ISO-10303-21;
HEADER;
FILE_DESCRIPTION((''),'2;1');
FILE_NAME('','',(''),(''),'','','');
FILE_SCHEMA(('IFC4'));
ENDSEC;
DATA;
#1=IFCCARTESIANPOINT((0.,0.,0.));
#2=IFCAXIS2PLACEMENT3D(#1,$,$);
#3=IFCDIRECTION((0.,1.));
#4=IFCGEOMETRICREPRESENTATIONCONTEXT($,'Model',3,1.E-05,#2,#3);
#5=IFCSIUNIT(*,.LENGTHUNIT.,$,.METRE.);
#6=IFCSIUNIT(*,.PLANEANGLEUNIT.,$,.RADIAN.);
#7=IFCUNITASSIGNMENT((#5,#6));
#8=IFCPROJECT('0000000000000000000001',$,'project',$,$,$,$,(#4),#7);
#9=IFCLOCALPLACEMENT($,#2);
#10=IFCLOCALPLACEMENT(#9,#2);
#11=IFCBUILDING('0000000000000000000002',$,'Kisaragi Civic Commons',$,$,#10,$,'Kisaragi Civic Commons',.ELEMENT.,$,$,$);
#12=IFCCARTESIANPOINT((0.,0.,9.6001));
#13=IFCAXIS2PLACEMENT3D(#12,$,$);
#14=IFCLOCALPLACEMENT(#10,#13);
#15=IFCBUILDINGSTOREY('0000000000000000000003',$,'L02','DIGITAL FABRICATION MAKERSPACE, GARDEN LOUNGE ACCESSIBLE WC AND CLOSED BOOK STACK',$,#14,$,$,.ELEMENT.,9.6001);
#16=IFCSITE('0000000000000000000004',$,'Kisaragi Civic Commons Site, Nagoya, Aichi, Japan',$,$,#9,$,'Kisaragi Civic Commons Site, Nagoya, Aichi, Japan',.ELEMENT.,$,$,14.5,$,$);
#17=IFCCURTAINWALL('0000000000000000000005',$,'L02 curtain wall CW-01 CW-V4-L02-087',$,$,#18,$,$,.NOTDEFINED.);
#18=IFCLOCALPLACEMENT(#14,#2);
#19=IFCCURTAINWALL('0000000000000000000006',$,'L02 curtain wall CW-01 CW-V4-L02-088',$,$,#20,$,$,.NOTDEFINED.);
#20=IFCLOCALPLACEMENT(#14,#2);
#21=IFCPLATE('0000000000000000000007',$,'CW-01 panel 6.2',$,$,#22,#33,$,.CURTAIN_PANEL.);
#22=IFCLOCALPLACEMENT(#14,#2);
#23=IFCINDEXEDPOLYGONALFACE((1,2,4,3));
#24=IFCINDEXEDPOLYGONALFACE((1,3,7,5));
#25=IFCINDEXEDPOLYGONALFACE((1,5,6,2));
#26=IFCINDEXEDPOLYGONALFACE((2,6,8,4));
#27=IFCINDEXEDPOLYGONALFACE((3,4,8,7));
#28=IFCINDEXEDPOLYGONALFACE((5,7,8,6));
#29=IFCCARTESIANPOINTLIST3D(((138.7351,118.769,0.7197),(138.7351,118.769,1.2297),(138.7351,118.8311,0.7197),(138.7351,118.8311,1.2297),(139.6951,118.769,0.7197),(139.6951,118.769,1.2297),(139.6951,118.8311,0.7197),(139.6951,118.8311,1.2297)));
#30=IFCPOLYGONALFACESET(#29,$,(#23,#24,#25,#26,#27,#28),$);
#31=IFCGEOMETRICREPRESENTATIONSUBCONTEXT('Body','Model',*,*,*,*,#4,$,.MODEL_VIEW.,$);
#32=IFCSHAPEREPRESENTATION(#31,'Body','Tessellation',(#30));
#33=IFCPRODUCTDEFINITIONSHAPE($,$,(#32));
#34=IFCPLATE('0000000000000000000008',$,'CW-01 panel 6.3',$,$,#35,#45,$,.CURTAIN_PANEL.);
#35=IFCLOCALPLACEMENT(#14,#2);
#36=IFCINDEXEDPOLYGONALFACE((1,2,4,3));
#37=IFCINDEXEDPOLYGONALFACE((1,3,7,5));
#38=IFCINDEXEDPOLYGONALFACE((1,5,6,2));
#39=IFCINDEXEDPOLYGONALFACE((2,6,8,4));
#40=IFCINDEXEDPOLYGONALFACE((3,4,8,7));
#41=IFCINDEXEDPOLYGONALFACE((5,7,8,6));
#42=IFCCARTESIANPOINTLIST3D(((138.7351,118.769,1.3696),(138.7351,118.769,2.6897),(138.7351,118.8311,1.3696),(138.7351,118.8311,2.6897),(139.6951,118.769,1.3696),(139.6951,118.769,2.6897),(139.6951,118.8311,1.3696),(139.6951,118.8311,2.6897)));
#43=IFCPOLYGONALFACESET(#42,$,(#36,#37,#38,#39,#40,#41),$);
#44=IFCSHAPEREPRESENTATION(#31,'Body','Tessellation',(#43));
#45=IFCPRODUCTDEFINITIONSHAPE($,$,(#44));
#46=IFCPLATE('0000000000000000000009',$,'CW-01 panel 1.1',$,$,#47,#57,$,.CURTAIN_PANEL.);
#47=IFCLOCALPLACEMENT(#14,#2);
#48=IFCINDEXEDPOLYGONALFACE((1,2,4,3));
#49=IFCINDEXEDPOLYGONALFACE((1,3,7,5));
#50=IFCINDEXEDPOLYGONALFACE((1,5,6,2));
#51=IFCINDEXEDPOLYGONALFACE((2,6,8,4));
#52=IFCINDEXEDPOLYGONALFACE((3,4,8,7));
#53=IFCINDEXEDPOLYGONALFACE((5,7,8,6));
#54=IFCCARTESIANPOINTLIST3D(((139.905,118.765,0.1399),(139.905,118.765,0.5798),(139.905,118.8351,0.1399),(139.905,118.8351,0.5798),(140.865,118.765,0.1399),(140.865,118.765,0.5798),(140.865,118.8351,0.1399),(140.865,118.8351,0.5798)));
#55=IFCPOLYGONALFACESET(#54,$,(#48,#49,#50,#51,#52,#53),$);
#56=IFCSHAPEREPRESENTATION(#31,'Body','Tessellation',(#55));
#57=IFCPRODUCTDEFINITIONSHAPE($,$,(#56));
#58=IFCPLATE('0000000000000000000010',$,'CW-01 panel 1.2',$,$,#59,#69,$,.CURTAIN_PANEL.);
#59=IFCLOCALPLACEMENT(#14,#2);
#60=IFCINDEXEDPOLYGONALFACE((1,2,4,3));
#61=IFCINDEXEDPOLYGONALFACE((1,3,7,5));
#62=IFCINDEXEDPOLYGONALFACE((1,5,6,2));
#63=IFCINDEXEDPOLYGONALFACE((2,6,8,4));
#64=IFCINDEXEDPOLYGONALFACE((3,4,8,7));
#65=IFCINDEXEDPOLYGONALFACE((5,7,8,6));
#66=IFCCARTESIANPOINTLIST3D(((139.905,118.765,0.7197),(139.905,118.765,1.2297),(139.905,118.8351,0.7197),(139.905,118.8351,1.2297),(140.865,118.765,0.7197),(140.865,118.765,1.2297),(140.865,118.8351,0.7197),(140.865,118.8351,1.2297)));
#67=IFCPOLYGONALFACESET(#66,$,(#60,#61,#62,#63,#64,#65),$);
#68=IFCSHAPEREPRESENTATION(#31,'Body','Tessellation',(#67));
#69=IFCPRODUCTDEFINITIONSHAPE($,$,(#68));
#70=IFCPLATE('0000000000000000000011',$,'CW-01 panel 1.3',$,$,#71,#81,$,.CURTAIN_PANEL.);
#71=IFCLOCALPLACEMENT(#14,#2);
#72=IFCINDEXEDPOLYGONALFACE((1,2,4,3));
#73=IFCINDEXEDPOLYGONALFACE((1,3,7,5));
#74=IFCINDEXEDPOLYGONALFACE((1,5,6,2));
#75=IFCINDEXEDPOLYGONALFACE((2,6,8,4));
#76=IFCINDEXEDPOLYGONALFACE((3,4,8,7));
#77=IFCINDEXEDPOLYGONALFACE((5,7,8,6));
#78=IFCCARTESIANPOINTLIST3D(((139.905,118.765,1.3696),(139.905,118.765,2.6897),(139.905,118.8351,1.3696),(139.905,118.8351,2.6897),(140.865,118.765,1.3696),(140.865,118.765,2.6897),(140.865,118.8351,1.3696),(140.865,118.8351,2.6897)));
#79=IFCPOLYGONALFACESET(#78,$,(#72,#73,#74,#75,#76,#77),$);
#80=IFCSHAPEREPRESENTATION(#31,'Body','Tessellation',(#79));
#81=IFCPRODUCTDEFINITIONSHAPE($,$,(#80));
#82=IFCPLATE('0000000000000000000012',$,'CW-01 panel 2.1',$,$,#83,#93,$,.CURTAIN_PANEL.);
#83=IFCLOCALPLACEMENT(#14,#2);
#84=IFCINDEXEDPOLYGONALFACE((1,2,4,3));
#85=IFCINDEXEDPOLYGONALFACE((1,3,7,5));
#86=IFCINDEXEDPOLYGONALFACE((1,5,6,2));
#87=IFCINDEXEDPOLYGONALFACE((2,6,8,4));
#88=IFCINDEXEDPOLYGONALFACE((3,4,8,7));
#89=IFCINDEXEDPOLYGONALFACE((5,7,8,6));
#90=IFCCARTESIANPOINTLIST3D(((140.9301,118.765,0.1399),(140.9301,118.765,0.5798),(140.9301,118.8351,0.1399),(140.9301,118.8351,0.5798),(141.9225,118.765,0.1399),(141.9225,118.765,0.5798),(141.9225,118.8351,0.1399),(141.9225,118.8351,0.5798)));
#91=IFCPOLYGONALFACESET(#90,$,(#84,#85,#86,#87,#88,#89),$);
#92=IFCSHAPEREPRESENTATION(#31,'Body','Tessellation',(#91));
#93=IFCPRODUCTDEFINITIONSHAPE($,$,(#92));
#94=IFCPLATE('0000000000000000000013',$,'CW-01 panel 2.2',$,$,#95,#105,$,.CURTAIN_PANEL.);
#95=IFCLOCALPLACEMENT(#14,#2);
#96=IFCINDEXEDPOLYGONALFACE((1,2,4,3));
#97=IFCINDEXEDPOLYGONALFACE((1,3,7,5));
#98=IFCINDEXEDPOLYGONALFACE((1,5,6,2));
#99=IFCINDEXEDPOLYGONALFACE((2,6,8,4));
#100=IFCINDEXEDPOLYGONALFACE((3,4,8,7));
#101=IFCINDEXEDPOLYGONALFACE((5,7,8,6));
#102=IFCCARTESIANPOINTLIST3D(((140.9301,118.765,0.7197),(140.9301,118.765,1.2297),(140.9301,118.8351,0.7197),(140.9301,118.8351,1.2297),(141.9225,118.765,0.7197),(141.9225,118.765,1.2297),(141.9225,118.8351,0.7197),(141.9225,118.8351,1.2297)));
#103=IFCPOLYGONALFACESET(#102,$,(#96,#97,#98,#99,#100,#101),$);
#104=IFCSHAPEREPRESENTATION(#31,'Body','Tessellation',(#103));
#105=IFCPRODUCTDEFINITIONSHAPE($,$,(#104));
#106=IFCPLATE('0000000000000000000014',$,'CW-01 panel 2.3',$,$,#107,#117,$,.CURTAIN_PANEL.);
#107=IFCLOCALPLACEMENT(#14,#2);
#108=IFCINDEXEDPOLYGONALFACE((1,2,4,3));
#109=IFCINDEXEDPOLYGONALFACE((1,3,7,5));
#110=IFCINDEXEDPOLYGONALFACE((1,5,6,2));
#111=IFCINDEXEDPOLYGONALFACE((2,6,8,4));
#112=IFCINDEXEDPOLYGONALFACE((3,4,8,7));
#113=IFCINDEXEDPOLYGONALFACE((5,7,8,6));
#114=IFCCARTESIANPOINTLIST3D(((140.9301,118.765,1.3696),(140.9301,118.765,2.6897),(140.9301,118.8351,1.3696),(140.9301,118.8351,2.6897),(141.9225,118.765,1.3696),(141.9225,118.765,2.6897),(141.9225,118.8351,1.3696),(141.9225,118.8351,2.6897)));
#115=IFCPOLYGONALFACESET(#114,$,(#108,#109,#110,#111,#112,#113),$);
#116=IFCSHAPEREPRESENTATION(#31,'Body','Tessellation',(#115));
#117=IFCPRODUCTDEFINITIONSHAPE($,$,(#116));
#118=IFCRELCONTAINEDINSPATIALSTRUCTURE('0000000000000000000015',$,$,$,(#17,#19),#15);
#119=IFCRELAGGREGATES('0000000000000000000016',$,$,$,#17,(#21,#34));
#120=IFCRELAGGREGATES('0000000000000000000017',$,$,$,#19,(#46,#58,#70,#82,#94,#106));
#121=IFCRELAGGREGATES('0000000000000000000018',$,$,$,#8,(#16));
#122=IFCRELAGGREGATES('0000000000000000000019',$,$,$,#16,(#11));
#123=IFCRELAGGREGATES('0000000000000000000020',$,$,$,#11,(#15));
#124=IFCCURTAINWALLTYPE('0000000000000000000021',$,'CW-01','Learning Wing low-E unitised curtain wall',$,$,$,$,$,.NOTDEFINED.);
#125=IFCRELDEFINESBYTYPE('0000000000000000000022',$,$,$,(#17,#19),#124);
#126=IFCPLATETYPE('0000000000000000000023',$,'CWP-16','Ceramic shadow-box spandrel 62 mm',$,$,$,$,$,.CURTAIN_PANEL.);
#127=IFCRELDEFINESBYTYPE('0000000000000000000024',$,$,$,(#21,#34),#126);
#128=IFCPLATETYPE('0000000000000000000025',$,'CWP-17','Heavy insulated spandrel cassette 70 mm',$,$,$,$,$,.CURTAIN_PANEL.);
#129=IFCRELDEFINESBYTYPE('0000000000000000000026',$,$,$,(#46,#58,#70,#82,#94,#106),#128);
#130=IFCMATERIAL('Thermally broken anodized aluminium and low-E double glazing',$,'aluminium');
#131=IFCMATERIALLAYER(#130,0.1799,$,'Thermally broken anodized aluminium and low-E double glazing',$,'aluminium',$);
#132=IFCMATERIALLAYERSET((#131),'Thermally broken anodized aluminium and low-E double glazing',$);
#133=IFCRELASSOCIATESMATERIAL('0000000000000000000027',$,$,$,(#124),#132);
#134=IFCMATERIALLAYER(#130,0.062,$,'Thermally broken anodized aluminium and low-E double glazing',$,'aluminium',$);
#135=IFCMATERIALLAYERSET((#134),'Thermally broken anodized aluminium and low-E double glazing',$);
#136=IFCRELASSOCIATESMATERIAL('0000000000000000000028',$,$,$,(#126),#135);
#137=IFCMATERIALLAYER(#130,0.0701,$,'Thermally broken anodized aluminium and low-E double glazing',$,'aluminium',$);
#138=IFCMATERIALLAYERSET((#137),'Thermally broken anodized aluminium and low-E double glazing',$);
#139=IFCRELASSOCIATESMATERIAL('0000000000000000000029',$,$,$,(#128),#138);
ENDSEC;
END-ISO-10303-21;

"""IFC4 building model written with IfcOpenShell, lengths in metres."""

from ifc_helpers import new_model, si_unit, direction, frame, origin, origin_2d, place, context, subcontext, project, spatial, rectangle, extrude, material, layer, layer_set, type_object, element, aggregate, save


model = new_model("IFC4")

# Units and contexts
model_context = context("Model", 3, precision=1e-05, world=origin(), true_north=direction((0.0, 1.0)))
body_context = subcontext(model_context, "Body", "Model", "MODEL_VIEW")
ifc_project = project(units=[si_unit("LENGTHUNIT", "METRE"), si_unit("PLANEANGLEUNIT", "RADIAN")], contexts=[model_context])

# Site, building, storey
site_placement = place(None, origin())
site = spatial("IfcSite", under=ifc_project, at=site_placement, Name="Kisaragi Civic Commons Site, Nagoya, Aichi, Japan", LongName="Kisaragi Civic Commons Site, Nagoya, Aichi, Japan", CompositionType="ELEMENT", RefElevation=14.5)
building_placement = place(site_placement, origin())
building = spatial("IfcBuilding", under=site, at=building_placement, Name="Kisaragi Civic Commons", LongName="Kisaragi Civic Commons", CompositionType="ELEMENT")
storey_placement = place(building_placement, frame((0.0, 0.0, 9.6001)))
storey = spatial("IfcBuildingStorey", under=building, at=storey_placement, Name="L02", Description="DIGITAL FABRICATION MAKERSPACE, GARDEN LOUNGE ACCESSIBLE WC AND CLOSED BOOK STACK", CompositionType="ELEMENT", Elevation=9.6001)

# Curtain walls
ifc_material = material(Name="Thermally broken anodized aluminium and low-E double glazing", Category="aluminium")
ifc_layer_1 = layer(ifc_material, 0.1799, Name="Thermally broken anodized aluminium and low-E double glazing", Category="aluminium")
ifc_layer_set_1 = layer_set([ifc_layer_1], Name="Thermally broken anodized aluminium and low-E double glazing")
curtain_wall_type = type_object("IfcCurtainWallType", Name="CW-01", Description="Learning Wing low-E unitised curtain wall", PredefinedType="NOTDEFINED", material=ifc_layer_set_1)
curtain_wall_1_placement = place(storey_placement, origin())
curtain_wall_1 = element("IfcCurtainWall", 1, at=curtain_wall_1_placement, inside=storey, type_object=curtain_wall_type, Name="L02 curtain wall CW-01 CW-V4-L02-087", PredefinedType="NOTDEFINED")
curtain_wall_2_placement = place(storey_placement, origin())
curtain_wall_2 = element("IfcCurtainWall", 2, at=curtain_wall_2_placement, inside=storey, type_object=curtain_wall_type, Name="L02 curtain wall CW-01 CW-V4-L02-088", PredefinedType="NOTDEFINED")

# Plates
ifc_layer_2 = layer(ifc_material, 0.062, Name="Thermally broken anodized aluminium and low-E double glazing", Category="aluminium")
ifc_layer_set_2 = layer_set([ifc_layer_2], Name="Thermally broken anodized aluminium and low-E double glazing")
plate_type_1 = type_object("IfcPlateType", Name="CWP-16", Description="Ceramic shadow-box spandrel 62 mm", PredefinedType="CURTAIN_PANEL", material=ifc_layer_set_2)
plate_1_placement = place(storey_placement, frame((139.2151, 118.8, 0.7197), z_axis=(0.0, 0.0, 1.0), x_axis=(1.0, 0.0, 0.0)))
plate_1 = element("IfcPlate", 3, at=plate_1_placement, type_object=plate_type_1, Name="CW-01 panel 6.2", PredefinedType="CURTAIN_PANEL", context=body_context, shape_type="SweptSolid", body=[
    extrude(rectangle(XDim=0.96, YDim=0.062, at=origin_2d()), origin(), (0.0, 0.0, 1.0), 0.51),
])
plate_2_placement = place(storey_placement, frame((139.2151, 118.8, 1.3696), z_axis=(0.0, 0.0, 1.0), x_axis=(1.0, 0.0, 0.0)))
plate_2 = element("IfcPlate", 4, at=plate_2_placement, type_object=plate_type_1, Name="CW-01 panel 6.3", PredefinedType="CURTAIN_PANEL", context=body_context, shape_type="SweptSolid", body=[
    extrude(rectangle(XDim=0.96, YDim=0.062, at=origin_2d()), origin(), (0.0, 0.0, 1.0), 1.3201),
])
aggregate(curtain_wall_1, [plate_1, plate_2])
ifc_layer_3 = layer(ifc_material, 0.0701, Name="Thermally broken anodized aluminium and low-E double glazing", Category="aluminium")
ifc_layer_set_3 = layer_set([ifc_layer_3], Name="Thermally broken anodized aluminium and low-E double glazing")
plate_type_2 = type_object("IfcPlateType", Name="CWP-17", Description="Heavy insulated spandrel cassette 70 mm", PredefinedType="CURTAIN_PANEL", material=ifc_layer_set_3)
plate_3_placement = place(storey_placement, frame((140.385, 118.8, 0.1399), z_axis=(0.0, 0.0, 1.0), x_axis=(1.0, 0.0, 0.0)))
plate_3 = element("IfcPlate", 5, at=plate_3_placement, type_object=plate_type_2, Name="CW-01 panel 1.1", PredefinedType="CURTAIN_PANEL", context=body_context, shape_type="SweptSolid", body=[
    extrude(rectangle(XDim=0.96, YDim=0.0701, at=origin_2d()), origin(), (0.0, 0.0, 1.0), 0.4399),
])
plate_4_placement = place(storey_placement, frame((140.385, 118.8, 0.7197), z_axis=(0.0, 0.0, 1.0), x_axis=(1.0, 0.0, 0.0)))
plate_4 = element("IfcPlate", 6, at=plate_4_placement, type_object=plate_type_2, Name="CW-01 panel 1.2", PredefinedType="CURTAIN_PANEL", context=body_context, shape_type="SweptSolid", body=[
    extrude(rectangle(XDim=0.96, YDim=0.0701, at=origin_2d()), origin(), (0.0, 0.0, 1.0), 0.51),
])
plate_5_placement = place(storey_placement, frame((140.385, 118.8, 1.3696), z_axis=(0.0, 0.0, 1.0), x_axis=(1.0, 0.0, 0.0)))
plate_5 = element("IfcPlate", 7, at=plate_5_placement, type_object=plate_type_2, Name="CW-01 panel 1.3", PredefinedType="CURTAIN_PANEL", context=body_context, shape_type="SweptSolid", body=[
    extrude(rectangle(XDim=0.96, YDim=0.0701, at=origin_2d()), origin(), (0.0, 0.0, 1.0), 1.3201),
])
plate_6_placement = place(storey_placement, frame((141.4263, 118.8, 0.1399), z_axis=(0.0, 0.0, 1.0), x_axis=(1.0, 0.0, 0.0)))
plate_6 = element("IfcPlate", 8, at=plate_6_placement, type_object=plate_type_2, Name="CW-01 panel 2.1", PredefinedType="CURTAIN_PANEL", context=body_context, shape_type="SweptSolid", body=[
    extrude(rectangle(XDim=0.9924, YDim=0.0701, at=origin_2d()), origin(), (0.0, 0.0, 1.0), 0.4399),
])
plate_7_placement = place(storey_placement, frame((141.4263, 118.8, 0.7197), z_axis=(0.0, 0.0, 1.0), x_axis=(1.0, 0.0, 0.0)))
plate_7 = element("IfcPlate", 9, at=plate_7_placement, type_object=plate_type_2, Name="CW-01 panel 2.2", PredefinedType="CURTAIN_PANEL", context=body_context, shape_type="SweptSolid", body=[
    extrude(rectangle(XDim=0.9924, YDim=0.0701, at=origin_2d()), origin(), (0.0, 0.0, 1.0), 0.51),
])
plate_8_placement = place(storey_placement, frame((141.4263, 118.8, 1.3696), z_axis=(0.0, 0.0, 1.0), x_axis=(1.0, 0.0, 0.0)))
plate_8 = element("IfcPlate", 10, at=plate_8_placement, type_object=plate_type_2, Name="CW-01 panel 2.3", PredefinedType="CURTAIN_PANEL", context=body_context, shape_type="SweptSolid", body=[
    extrude(rectangle(XDim=0.9924, YDim=0.0701, at=origin_2d()), origin(), (0.0, 0.0, 1.0), 1.3201),
])
aggregate(curtain_wall_2, [plate_3, plate_4, plate_5, plate_6, plate_7, plate_8])

save(model, "model.ifc")
